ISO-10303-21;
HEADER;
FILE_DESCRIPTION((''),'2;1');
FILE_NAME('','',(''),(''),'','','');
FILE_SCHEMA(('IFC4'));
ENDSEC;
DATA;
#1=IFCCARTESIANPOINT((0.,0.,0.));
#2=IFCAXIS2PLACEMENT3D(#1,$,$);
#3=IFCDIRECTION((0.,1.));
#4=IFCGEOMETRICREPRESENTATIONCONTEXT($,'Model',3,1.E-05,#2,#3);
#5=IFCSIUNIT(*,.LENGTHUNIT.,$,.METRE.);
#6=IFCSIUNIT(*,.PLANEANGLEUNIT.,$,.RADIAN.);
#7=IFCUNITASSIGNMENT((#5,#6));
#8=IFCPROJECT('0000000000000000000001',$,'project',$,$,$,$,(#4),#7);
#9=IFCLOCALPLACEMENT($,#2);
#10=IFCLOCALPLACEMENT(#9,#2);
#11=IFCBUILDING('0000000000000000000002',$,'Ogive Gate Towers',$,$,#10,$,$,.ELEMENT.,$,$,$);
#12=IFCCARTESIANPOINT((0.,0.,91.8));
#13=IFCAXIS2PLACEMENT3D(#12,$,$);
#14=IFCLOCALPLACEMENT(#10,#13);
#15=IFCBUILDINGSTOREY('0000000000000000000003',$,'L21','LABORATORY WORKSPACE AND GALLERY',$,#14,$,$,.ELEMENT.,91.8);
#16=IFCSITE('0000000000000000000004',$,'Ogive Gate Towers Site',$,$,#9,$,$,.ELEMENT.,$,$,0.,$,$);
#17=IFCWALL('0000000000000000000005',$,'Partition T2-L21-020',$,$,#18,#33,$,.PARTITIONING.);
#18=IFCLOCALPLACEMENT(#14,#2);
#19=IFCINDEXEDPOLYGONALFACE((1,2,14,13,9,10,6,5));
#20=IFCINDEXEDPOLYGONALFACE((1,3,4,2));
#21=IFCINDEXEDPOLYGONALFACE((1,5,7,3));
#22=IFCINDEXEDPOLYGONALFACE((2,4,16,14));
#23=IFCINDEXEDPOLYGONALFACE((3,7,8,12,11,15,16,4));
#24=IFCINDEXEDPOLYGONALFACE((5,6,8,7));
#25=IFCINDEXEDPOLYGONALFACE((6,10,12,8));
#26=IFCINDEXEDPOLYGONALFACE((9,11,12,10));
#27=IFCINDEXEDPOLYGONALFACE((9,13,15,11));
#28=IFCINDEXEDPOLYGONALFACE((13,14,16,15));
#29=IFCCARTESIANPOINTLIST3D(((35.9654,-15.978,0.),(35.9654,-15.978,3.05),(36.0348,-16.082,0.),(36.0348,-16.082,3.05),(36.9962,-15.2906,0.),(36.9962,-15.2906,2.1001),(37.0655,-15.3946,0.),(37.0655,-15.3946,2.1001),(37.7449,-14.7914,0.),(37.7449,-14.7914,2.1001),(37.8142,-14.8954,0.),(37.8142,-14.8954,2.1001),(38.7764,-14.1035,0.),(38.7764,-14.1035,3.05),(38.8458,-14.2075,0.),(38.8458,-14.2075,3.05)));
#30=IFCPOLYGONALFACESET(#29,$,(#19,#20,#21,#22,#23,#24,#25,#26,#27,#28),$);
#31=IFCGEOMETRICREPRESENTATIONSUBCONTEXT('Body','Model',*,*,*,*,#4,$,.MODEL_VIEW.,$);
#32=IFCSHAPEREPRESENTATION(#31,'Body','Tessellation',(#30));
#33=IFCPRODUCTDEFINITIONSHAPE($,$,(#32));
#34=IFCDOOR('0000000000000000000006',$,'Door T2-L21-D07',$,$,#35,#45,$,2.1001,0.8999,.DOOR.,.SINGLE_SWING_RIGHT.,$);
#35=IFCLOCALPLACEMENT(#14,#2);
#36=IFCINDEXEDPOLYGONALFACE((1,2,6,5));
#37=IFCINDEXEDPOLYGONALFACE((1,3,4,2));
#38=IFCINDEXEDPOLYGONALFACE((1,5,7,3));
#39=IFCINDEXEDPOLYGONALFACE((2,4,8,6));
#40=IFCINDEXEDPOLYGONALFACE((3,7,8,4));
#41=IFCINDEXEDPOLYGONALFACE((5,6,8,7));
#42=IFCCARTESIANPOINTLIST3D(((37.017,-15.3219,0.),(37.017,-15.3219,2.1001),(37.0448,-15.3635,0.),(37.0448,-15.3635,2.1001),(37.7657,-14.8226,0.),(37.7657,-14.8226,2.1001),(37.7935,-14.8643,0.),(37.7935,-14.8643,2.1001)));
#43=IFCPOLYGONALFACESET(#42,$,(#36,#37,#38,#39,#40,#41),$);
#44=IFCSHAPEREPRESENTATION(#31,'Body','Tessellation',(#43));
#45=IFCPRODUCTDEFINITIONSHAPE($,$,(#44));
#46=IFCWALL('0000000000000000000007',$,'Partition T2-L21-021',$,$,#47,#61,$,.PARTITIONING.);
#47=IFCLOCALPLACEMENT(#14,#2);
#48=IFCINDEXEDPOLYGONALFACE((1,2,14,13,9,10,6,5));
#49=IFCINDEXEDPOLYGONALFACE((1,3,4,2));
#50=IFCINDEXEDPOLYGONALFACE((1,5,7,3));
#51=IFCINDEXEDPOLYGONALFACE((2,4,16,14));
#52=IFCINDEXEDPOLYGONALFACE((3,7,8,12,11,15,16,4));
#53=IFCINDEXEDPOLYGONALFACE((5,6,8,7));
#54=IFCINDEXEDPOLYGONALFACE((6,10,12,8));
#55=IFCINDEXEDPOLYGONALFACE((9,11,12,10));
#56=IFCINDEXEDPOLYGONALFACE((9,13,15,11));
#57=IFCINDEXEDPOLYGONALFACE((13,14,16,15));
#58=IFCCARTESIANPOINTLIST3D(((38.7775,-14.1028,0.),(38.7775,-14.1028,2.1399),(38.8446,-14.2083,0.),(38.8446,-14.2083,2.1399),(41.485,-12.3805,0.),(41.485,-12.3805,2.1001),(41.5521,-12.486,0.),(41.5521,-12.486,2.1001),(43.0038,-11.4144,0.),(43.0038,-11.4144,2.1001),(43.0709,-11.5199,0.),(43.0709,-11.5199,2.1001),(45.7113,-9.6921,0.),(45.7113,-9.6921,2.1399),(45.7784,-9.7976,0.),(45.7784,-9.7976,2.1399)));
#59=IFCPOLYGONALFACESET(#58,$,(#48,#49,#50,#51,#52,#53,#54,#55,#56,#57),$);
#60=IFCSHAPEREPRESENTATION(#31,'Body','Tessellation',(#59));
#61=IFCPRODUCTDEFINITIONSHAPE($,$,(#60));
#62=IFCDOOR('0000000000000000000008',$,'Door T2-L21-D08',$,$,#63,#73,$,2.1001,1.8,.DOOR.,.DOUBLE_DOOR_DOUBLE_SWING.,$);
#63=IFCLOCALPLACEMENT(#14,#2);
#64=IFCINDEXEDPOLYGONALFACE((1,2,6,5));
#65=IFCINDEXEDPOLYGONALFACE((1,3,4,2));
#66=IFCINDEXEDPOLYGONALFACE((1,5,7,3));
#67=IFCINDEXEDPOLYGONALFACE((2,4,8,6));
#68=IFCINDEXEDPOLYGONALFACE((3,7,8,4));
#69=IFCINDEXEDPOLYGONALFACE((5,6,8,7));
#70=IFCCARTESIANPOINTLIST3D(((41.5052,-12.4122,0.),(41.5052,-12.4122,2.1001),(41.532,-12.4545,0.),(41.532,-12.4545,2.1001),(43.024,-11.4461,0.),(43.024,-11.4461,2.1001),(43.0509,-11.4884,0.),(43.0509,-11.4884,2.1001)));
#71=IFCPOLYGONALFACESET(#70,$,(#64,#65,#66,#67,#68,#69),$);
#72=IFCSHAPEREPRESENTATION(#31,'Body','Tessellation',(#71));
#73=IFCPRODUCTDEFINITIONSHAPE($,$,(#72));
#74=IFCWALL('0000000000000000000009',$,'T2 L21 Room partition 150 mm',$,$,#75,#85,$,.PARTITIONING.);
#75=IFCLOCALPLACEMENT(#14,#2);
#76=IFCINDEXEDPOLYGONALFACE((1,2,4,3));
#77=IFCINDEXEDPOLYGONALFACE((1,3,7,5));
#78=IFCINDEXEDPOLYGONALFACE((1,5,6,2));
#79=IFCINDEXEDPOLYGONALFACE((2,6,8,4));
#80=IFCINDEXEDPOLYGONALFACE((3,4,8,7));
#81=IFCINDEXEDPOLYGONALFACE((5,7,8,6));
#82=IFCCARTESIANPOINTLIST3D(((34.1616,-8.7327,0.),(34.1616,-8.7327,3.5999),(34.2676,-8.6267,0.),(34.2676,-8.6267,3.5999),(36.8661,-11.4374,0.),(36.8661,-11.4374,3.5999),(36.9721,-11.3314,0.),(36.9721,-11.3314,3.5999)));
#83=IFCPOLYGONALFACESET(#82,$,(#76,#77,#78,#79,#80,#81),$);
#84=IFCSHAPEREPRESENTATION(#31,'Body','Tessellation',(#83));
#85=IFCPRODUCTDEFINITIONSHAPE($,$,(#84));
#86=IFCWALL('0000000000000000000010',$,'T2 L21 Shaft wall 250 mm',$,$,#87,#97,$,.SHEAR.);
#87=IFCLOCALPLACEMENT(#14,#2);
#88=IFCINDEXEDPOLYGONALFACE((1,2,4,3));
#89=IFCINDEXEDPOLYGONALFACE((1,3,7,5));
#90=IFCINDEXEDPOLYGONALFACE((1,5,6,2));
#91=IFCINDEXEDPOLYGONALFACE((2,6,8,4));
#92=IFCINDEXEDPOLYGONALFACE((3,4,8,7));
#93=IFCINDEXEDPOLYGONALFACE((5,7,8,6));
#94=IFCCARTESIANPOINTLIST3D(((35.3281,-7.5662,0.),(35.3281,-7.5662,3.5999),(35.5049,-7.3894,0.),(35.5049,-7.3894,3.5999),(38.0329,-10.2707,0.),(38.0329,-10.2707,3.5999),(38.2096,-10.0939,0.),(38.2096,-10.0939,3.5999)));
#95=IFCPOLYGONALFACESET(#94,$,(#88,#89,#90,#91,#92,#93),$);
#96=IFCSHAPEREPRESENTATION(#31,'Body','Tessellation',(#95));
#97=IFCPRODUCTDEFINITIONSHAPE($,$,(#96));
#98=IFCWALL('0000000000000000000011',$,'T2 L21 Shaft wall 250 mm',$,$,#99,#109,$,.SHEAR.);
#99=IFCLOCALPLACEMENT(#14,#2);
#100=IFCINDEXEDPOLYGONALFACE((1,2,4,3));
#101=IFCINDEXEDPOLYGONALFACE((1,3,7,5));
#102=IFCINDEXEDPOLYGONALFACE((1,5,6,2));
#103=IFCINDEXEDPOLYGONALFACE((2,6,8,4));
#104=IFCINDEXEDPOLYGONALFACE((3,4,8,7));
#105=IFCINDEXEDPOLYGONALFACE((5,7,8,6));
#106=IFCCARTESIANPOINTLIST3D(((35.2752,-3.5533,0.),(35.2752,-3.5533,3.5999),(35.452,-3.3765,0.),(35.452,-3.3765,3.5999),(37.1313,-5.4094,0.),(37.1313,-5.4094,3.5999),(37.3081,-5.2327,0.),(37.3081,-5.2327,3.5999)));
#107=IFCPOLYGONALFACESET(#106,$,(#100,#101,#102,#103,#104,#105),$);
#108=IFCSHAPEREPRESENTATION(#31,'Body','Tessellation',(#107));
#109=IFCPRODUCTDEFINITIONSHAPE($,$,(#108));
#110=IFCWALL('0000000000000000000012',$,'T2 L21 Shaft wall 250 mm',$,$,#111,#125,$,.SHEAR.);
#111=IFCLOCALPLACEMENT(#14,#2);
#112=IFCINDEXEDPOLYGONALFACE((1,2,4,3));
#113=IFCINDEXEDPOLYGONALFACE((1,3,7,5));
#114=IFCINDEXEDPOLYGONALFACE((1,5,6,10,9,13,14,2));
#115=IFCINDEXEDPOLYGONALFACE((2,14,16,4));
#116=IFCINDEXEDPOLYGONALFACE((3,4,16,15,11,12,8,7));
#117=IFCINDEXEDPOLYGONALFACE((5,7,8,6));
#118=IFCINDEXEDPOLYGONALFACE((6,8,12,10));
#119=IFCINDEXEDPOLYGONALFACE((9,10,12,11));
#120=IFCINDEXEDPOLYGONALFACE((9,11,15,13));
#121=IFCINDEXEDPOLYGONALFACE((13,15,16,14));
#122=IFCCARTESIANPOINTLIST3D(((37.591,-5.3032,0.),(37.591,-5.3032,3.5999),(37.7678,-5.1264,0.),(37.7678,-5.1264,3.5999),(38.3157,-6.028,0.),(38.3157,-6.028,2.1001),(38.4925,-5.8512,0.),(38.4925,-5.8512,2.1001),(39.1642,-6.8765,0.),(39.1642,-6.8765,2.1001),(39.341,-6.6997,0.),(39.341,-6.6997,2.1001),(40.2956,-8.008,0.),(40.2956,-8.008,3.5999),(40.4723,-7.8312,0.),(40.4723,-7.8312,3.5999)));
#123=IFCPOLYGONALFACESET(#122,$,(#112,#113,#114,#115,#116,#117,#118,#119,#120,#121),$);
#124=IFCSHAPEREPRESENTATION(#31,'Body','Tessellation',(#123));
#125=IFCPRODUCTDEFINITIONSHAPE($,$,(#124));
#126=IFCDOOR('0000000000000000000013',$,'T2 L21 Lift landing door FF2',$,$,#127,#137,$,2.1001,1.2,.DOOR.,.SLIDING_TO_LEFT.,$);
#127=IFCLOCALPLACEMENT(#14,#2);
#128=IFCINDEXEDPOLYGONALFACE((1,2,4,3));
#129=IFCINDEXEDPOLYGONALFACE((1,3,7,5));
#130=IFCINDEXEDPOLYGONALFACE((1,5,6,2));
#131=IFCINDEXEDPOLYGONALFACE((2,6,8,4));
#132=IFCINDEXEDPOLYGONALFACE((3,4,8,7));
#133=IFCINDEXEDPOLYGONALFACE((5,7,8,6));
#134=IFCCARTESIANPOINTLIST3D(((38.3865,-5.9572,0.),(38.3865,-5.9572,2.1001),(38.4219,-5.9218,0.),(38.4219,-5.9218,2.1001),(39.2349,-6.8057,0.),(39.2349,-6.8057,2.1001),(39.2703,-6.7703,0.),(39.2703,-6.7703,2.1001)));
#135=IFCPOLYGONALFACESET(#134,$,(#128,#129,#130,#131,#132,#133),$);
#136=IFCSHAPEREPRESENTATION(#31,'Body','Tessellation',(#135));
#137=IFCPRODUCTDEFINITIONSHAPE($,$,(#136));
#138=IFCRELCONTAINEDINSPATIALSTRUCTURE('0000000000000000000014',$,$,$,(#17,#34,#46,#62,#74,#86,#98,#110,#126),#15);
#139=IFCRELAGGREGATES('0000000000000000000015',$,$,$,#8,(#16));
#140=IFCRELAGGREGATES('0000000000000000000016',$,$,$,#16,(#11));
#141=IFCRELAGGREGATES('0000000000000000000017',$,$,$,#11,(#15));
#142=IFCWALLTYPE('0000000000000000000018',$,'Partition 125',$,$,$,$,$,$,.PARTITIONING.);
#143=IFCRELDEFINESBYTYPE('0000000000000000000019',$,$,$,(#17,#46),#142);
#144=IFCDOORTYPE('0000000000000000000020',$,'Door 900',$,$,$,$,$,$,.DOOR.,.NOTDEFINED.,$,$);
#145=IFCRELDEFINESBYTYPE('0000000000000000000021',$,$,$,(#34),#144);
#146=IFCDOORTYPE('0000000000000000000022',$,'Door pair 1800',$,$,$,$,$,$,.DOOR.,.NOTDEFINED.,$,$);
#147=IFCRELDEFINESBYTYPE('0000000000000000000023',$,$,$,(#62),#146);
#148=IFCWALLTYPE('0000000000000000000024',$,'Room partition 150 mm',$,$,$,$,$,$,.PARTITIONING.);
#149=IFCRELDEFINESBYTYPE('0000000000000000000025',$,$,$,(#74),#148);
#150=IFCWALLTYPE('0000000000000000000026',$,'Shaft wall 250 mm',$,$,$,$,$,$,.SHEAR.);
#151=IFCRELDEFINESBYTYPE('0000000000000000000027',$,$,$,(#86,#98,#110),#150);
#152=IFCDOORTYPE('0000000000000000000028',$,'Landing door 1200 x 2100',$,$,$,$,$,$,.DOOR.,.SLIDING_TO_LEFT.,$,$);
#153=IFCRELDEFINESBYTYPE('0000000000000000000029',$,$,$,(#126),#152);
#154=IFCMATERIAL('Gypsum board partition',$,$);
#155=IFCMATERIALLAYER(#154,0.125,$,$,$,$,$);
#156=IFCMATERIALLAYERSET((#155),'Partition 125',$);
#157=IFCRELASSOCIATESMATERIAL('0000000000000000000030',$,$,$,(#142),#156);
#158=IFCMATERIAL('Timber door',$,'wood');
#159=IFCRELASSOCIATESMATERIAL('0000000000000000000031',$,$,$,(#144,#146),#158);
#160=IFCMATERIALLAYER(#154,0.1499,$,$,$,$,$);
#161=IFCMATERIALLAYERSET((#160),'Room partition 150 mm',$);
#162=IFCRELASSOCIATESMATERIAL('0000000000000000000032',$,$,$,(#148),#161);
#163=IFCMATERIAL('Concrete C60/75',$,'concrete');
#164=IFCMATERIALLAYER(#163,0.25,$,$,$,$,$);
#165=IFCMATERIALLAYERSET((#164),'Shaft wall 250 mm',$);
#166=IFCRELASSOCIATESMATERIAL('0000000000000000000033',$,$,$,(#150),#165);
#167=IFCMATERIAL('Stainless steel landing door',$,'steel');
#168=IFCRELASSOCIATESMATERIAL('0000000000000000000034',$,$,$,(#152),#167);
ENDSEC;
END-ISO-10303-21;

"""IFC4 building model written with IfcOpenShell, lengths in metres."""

from ifc_helpers import new_model, si_unit, direction, frame, frame_2d, origin, place, context, subcontext, project, spatial, rectangle, extrude, material, layer, layer_set, type_object, element, fill, save


model = new_model("IFC4")

# Units and contexts
model_context = context("Model", 3, precision=1e-05, world=origin(), true_north=direction((0.0, 1.0)))
body_context = subcontext(model_context, "Body", "Model", "MODEL_VIEW")
ifc_project = project(units=[si_unit("LENGTHUNIT", "METRE"), si_unit("PLANEANGLEUNIT", "RADIAN")], contexts=[model_context])

# Site, building, storey
site_placement = place(None, origin())
site = spatial("IfcSite", under=ifc_project, at=site_placement, Name="Ogive Gate Towers Site", CompositionType="ELEMENT", RefElevation=0.0)
building_placement = place(site_placement, origin())
building = spatial("IfcBuilding", under=site, at=building_placement, Name="Ogive Gate Towers", CompositionType="ELEMENT")
storey_placement = place(building_placement, frame((0.0, 0.0, 91.8)))
storey = spatial("IfcBuildingStorey", under=building, at=storey_placement, Name="L21", Description="LABORATORY WORKSPACE AND GALLERY", CompositionType="ELEMENT", Elevation=91.8)

# Shared definitions
ifc_material_1 = material(Name="Concrete C60/75", Category="concrete")
ifc_material_2 = material(Name="Timber door", Category="wood")

# Shared definitions
ifc_material_3 = material(Name="Gypsum board partition")
ifc_layer_1 = layer(ifc_material_3, 0.125)
ifc_layer_set_1 = layer_set([ifc_layer_1], Name="Partition 125")
wall_type_1 = type_object("IfcWallType", Name="Partition 125", PredefinedType="PARTITIONING", material=ifc_layer_set_1)

# Walls, openings, doors
wall_1_placement = place(storey_placement, frame((36.0, -16.03, 0.0), z_axis=(0.0, 0.0, 1.0), x_axis=(0.831984, 0.5548, 0.0)))
wall_1 = element("IfcWall", 1, at=wall_1_placement, inside=storey, type_object=wall_type_1, Name="Partition T2-L21-020", PredefinedType="PARTITIONING", context=body_context, shape_type="SweptSolid", body=[
    extrude(rectangle(XDim=3.3787, YDim=0.125, at=frame_2d((1.6895, 0.0))), origin(), (0.0, 0.0, 1.0), 3.05),
])
opening_1_placement = place(wall_1_placement, frame((1.239, 0.0, 0.0)))
opening_1 = element("IfcOpeningElement", 2, at=opening_1_placement, cuts=wall_1, PredefinedType="OPENING", context=body_context, shape_type="SweptSolid", body=[
    extrude(rectangle(XDim=0.8999, YDim=2.1001, at=frame_2d((0.45, 1.05))), frame((0.0, 0.0725, 0.0), z_axis=(0.0, -1.0, 0.0), x_axis=(1.0, 0.0, 0.0)), (0.0, 0.0, 1.0), 0.145),
])
door_type_1 = type_object("IfcDoorType", Name="Door 900", OperationType="NOTDEFINED", PredefinedType="DOOR", material=ifc_material_2)
door_1_placement = place(opening_1_placement, origin())
door_1 = element("IfcDoor", 3, at=door_1_placement, inside=storey, type_object=door_type_1, Name="Door T2-L21-D07", OperationType="SINGLE_SWING_RIGHT", OverallHeight=2.1001, OverallWidth=0.8999, PredefinedType="DOOR", context=body_context, shape_type="SweptSolid", body=[
    extrude(rectangle(XDim=0.8999, YDim=2.1001, at=frame_2d((0.45, 1.05))), frame((0.0, 0.0249, 0.0), z_axis=(0.0, -1.0, 0.0), x_axis=(1.0, 0.0, 0.0)), (0.0, 0.0, 1.0), 0.05),
])
fill(opening_1, door_1)
wall_2_placement = place(storey_placement, frame((38.811, -14.1555, 0.0), z_axis=(0.0, 0.0, 1.0), x_axis=(0.843761, 0.53672, 0.0)))
wall_2 = element("IfcWall", 4, at=wall_2_placement, inside=storey, type_object=wall_type_1, Name="Partition T2-L21-021", PredefinedType="PARTITIONING", context=body_context, shape_type="SweptSolid", body=[
    extrude(rectangle(XDim=8.2178, YDim=0.125, at=frame_2d((4.1089, 0.0))), origin(), (0.0, 0.0, 1.0), 2.1399),
])
opening_2_placement = place(wall_2_placement, frame((3.209, 0.0, 0.0)))
opening_2 = element("IfcOpeningElement", 5, at=opening_2_placement, cuts=wall_2, PredefinedType="OPENING", context=body_context, shape_type="SweptSolid", body=[
    extrude(rectangle(XDim=1.8, YDim=2.1001, at=frame_2d((0.8999, 1.05))), frame((0.0, 0.0725, 0.0), z_axis=(0.0, -1.0, 0.0), x_axis=(1.0, 0.0, 0.0)), (0.0, 0.0, 1.0), 0.145),
])
door_type_2 = type_object("IfcDoorType", Name="Door pair 1800", OperationType="NOTDEFINED", PredefinedType="DOOR", material=ifc_material_2)
door_2_placement = place(opening_2_placement, origin())
door_2 = element("IfcDoor", 6, at=door_2_placement, inside=storey, type_object=door_type_2, Name="Door T2-L21-D08", OperationType="DOUBLE_DOOR_DOUBLE_SWING", OverallHeight=2.1001, OverallWidth=1.8, PredefinedType="DOOR", context=body_context, shape_type="SweptSolid", body=[
    extrude(rectangle(XDim=1.8, YDim=2.1001, at=frame_2d((0.8999, 1.05))), frame((0.0, 0.0249, 0.0), z_axis=(0.0, -1.0, 0.0), x_axis=(1.0, 0.0, 0.0)), (0.0, 0.0, 1.0), 0.05),
])
fill(opening_2, door_2)

# Walls
ifc_layer_2 = layer(ifc_material_3, 0.1499)
ifc_layer_set_2 = layer_set([ifc_layer_2], Name="Room partition 150 mm")
wall_type_2 = type_object("IfcWallType", Name="Room partition 150 mm", PredefinedType="PARTITIONING", material=ifc_layer_set_2)
wall_3_placement = place(storey_placement, frame((36.9192, -11.3845, 0.0), z_axis=(0.0, 0.0, 1.0), x_axis=(-0.707075, 0.707139, 0.0)))
element("IfcWall", 7, at=wall_3_placement, inside=storey, type_object=wall_type_2, Name="T2 L21 Room partition 150 mm", PredefinedType="PARTITIONING", context=body_context, shape_type="SweptSolid", body=[
    extrude(rectangle(XDim=3.825, YDim=0.1499, at=frame_2d((1.9126, 0.0))), origin(), (0.0, 0.0, 1.0), 3.5999),
])
ifc_layer_3 = layer(ifc_material_1, 0.25)
ifc_layer_set_3 = layer_set([ifc_layer_3], Name="Shaft wall 250 mm")
wall_type_3 = type_object("IfcWallType", Name="Shaft wall 250 mm", PredefinedType="SHEAR", material=ifc_layer_set_3)
wall_4_placement = place(storey_placement, frame((38.1213, -10.1824, 0.0), z_axis=(0.0, 0.0, 1.0), x_axis=(-0.707139, 0.707075, 0.0)))
element("IfcWall", 8, at=wall_4_placement, inside=storey, type_object=wall_type_3, Name="T2 L21 Shaft wall 250 mm", PredefinedType="SHEAR", context=body_context, shape_type="SweptSolid", body=[
    extrude(rectangle(XDim=3.825, YDim=0.25, at=frame_2d((1.9126, 0.0))), origin(), (0.0, 0.0, 1.0), 3.5999),
])
wall_5_placement = place(storey_placement, frame((37.2197, -5.321, 0.0), z_axis=(0.0, 0.0, 1.0), x_axis=(-0.707107, 0.707107, 0.0)))
element("IfcWall", 9, at=wall_5_placement, inside=storey, type_object=wall_type_3, Name="T2 L21 Shaft wall 250 mm", PredefinedType="SHEAR", context=body_context, shape_type="SweptSolid", body=[
    extrude(rectangle(XDim=2.625, YDim=0.25, at=frame_2d((1.3125, 0.0))), origin(), (0.0, 0.0, 1.0), 3.5999),
])

# Wall, opening, door
wall_6_placement = place(storey_placement, frame((40.384, -7.9197, 0.0), z_axis=(0.0, 0.0, 1.0), x_axis=(-0.707075, 0.707139, 0.0)))
wall_6 = element("IfcWall", 10, at=wall_6_placement, inside=storey, type_object=wall_type_3, Name="T2 L21 Shaft wall 250 mm", PredefinedType="SHEAR", context=body_context, shape_type="SweptSolid", body=[
    extrude(rectangle(XDim=3.825, YDim=0.25, at=frame_2d((1.9126, 0.0))), origin(), (0.0, 0.0, 1.0), 3.5999),
])
opening_3_placement = place(wall_6_placement, frame((1.6001, 0.0, 0.0)))
opening_3 = element("IfcOpeningElement", 11, at=opening_3_placement, cuts=wall_6, PredefinedType="OPENING", context=body_context, shape_type="SweptSolid", body=[
    extrude(rectangle(XDim=1.2, YDim=2.1001, at=frame_2d((0.6001, 1.05))), frame((0.0, 0.135, 0.0), z_axis=(0.0, -1.0, 0.0), x_axis=(1.0, 0.0, 0.0)), (0.0, 0.0, 1.0), 0.27),
])
ifc_material_4 = material(Name="Stainless steel landing door", Category="steel")
door_type_3 = type_object("IfcDoorType", Name="Landing door 1200 x 2100", OperationType="SLIDING_TO_LEFT", PredefinedType="DOOR", material=ifc_material_4)
door_3_placement = place(opening_3_placement, origin())
door_3 = element("IfcDoor", 12, at=door_3_placement, inside=storey, type_object=door_type_3, Name="T2 L21 Lift landing door FF2", OperationType="SLIDING_TO_LEFT", OverallHeight=2.1001, OverallWidth=1.2, PredefinedType="DOOR", context=body_context, shape_type="SweptSolid", body=[
    extrude(rectangle(XDim=1.2, YDim=2.1001, at=frame_2d((0.6001, 1.05))), frame((0.0, 0.0249, 0.0), z_axis=(0.0, -1.0, 0.0), x_axis=(1.0, 0.0, 0.0)), (0.0, 0.0, 1.0), 0.05),
])
fill(opening_3, door_3)

save(model, "model.ifc")
